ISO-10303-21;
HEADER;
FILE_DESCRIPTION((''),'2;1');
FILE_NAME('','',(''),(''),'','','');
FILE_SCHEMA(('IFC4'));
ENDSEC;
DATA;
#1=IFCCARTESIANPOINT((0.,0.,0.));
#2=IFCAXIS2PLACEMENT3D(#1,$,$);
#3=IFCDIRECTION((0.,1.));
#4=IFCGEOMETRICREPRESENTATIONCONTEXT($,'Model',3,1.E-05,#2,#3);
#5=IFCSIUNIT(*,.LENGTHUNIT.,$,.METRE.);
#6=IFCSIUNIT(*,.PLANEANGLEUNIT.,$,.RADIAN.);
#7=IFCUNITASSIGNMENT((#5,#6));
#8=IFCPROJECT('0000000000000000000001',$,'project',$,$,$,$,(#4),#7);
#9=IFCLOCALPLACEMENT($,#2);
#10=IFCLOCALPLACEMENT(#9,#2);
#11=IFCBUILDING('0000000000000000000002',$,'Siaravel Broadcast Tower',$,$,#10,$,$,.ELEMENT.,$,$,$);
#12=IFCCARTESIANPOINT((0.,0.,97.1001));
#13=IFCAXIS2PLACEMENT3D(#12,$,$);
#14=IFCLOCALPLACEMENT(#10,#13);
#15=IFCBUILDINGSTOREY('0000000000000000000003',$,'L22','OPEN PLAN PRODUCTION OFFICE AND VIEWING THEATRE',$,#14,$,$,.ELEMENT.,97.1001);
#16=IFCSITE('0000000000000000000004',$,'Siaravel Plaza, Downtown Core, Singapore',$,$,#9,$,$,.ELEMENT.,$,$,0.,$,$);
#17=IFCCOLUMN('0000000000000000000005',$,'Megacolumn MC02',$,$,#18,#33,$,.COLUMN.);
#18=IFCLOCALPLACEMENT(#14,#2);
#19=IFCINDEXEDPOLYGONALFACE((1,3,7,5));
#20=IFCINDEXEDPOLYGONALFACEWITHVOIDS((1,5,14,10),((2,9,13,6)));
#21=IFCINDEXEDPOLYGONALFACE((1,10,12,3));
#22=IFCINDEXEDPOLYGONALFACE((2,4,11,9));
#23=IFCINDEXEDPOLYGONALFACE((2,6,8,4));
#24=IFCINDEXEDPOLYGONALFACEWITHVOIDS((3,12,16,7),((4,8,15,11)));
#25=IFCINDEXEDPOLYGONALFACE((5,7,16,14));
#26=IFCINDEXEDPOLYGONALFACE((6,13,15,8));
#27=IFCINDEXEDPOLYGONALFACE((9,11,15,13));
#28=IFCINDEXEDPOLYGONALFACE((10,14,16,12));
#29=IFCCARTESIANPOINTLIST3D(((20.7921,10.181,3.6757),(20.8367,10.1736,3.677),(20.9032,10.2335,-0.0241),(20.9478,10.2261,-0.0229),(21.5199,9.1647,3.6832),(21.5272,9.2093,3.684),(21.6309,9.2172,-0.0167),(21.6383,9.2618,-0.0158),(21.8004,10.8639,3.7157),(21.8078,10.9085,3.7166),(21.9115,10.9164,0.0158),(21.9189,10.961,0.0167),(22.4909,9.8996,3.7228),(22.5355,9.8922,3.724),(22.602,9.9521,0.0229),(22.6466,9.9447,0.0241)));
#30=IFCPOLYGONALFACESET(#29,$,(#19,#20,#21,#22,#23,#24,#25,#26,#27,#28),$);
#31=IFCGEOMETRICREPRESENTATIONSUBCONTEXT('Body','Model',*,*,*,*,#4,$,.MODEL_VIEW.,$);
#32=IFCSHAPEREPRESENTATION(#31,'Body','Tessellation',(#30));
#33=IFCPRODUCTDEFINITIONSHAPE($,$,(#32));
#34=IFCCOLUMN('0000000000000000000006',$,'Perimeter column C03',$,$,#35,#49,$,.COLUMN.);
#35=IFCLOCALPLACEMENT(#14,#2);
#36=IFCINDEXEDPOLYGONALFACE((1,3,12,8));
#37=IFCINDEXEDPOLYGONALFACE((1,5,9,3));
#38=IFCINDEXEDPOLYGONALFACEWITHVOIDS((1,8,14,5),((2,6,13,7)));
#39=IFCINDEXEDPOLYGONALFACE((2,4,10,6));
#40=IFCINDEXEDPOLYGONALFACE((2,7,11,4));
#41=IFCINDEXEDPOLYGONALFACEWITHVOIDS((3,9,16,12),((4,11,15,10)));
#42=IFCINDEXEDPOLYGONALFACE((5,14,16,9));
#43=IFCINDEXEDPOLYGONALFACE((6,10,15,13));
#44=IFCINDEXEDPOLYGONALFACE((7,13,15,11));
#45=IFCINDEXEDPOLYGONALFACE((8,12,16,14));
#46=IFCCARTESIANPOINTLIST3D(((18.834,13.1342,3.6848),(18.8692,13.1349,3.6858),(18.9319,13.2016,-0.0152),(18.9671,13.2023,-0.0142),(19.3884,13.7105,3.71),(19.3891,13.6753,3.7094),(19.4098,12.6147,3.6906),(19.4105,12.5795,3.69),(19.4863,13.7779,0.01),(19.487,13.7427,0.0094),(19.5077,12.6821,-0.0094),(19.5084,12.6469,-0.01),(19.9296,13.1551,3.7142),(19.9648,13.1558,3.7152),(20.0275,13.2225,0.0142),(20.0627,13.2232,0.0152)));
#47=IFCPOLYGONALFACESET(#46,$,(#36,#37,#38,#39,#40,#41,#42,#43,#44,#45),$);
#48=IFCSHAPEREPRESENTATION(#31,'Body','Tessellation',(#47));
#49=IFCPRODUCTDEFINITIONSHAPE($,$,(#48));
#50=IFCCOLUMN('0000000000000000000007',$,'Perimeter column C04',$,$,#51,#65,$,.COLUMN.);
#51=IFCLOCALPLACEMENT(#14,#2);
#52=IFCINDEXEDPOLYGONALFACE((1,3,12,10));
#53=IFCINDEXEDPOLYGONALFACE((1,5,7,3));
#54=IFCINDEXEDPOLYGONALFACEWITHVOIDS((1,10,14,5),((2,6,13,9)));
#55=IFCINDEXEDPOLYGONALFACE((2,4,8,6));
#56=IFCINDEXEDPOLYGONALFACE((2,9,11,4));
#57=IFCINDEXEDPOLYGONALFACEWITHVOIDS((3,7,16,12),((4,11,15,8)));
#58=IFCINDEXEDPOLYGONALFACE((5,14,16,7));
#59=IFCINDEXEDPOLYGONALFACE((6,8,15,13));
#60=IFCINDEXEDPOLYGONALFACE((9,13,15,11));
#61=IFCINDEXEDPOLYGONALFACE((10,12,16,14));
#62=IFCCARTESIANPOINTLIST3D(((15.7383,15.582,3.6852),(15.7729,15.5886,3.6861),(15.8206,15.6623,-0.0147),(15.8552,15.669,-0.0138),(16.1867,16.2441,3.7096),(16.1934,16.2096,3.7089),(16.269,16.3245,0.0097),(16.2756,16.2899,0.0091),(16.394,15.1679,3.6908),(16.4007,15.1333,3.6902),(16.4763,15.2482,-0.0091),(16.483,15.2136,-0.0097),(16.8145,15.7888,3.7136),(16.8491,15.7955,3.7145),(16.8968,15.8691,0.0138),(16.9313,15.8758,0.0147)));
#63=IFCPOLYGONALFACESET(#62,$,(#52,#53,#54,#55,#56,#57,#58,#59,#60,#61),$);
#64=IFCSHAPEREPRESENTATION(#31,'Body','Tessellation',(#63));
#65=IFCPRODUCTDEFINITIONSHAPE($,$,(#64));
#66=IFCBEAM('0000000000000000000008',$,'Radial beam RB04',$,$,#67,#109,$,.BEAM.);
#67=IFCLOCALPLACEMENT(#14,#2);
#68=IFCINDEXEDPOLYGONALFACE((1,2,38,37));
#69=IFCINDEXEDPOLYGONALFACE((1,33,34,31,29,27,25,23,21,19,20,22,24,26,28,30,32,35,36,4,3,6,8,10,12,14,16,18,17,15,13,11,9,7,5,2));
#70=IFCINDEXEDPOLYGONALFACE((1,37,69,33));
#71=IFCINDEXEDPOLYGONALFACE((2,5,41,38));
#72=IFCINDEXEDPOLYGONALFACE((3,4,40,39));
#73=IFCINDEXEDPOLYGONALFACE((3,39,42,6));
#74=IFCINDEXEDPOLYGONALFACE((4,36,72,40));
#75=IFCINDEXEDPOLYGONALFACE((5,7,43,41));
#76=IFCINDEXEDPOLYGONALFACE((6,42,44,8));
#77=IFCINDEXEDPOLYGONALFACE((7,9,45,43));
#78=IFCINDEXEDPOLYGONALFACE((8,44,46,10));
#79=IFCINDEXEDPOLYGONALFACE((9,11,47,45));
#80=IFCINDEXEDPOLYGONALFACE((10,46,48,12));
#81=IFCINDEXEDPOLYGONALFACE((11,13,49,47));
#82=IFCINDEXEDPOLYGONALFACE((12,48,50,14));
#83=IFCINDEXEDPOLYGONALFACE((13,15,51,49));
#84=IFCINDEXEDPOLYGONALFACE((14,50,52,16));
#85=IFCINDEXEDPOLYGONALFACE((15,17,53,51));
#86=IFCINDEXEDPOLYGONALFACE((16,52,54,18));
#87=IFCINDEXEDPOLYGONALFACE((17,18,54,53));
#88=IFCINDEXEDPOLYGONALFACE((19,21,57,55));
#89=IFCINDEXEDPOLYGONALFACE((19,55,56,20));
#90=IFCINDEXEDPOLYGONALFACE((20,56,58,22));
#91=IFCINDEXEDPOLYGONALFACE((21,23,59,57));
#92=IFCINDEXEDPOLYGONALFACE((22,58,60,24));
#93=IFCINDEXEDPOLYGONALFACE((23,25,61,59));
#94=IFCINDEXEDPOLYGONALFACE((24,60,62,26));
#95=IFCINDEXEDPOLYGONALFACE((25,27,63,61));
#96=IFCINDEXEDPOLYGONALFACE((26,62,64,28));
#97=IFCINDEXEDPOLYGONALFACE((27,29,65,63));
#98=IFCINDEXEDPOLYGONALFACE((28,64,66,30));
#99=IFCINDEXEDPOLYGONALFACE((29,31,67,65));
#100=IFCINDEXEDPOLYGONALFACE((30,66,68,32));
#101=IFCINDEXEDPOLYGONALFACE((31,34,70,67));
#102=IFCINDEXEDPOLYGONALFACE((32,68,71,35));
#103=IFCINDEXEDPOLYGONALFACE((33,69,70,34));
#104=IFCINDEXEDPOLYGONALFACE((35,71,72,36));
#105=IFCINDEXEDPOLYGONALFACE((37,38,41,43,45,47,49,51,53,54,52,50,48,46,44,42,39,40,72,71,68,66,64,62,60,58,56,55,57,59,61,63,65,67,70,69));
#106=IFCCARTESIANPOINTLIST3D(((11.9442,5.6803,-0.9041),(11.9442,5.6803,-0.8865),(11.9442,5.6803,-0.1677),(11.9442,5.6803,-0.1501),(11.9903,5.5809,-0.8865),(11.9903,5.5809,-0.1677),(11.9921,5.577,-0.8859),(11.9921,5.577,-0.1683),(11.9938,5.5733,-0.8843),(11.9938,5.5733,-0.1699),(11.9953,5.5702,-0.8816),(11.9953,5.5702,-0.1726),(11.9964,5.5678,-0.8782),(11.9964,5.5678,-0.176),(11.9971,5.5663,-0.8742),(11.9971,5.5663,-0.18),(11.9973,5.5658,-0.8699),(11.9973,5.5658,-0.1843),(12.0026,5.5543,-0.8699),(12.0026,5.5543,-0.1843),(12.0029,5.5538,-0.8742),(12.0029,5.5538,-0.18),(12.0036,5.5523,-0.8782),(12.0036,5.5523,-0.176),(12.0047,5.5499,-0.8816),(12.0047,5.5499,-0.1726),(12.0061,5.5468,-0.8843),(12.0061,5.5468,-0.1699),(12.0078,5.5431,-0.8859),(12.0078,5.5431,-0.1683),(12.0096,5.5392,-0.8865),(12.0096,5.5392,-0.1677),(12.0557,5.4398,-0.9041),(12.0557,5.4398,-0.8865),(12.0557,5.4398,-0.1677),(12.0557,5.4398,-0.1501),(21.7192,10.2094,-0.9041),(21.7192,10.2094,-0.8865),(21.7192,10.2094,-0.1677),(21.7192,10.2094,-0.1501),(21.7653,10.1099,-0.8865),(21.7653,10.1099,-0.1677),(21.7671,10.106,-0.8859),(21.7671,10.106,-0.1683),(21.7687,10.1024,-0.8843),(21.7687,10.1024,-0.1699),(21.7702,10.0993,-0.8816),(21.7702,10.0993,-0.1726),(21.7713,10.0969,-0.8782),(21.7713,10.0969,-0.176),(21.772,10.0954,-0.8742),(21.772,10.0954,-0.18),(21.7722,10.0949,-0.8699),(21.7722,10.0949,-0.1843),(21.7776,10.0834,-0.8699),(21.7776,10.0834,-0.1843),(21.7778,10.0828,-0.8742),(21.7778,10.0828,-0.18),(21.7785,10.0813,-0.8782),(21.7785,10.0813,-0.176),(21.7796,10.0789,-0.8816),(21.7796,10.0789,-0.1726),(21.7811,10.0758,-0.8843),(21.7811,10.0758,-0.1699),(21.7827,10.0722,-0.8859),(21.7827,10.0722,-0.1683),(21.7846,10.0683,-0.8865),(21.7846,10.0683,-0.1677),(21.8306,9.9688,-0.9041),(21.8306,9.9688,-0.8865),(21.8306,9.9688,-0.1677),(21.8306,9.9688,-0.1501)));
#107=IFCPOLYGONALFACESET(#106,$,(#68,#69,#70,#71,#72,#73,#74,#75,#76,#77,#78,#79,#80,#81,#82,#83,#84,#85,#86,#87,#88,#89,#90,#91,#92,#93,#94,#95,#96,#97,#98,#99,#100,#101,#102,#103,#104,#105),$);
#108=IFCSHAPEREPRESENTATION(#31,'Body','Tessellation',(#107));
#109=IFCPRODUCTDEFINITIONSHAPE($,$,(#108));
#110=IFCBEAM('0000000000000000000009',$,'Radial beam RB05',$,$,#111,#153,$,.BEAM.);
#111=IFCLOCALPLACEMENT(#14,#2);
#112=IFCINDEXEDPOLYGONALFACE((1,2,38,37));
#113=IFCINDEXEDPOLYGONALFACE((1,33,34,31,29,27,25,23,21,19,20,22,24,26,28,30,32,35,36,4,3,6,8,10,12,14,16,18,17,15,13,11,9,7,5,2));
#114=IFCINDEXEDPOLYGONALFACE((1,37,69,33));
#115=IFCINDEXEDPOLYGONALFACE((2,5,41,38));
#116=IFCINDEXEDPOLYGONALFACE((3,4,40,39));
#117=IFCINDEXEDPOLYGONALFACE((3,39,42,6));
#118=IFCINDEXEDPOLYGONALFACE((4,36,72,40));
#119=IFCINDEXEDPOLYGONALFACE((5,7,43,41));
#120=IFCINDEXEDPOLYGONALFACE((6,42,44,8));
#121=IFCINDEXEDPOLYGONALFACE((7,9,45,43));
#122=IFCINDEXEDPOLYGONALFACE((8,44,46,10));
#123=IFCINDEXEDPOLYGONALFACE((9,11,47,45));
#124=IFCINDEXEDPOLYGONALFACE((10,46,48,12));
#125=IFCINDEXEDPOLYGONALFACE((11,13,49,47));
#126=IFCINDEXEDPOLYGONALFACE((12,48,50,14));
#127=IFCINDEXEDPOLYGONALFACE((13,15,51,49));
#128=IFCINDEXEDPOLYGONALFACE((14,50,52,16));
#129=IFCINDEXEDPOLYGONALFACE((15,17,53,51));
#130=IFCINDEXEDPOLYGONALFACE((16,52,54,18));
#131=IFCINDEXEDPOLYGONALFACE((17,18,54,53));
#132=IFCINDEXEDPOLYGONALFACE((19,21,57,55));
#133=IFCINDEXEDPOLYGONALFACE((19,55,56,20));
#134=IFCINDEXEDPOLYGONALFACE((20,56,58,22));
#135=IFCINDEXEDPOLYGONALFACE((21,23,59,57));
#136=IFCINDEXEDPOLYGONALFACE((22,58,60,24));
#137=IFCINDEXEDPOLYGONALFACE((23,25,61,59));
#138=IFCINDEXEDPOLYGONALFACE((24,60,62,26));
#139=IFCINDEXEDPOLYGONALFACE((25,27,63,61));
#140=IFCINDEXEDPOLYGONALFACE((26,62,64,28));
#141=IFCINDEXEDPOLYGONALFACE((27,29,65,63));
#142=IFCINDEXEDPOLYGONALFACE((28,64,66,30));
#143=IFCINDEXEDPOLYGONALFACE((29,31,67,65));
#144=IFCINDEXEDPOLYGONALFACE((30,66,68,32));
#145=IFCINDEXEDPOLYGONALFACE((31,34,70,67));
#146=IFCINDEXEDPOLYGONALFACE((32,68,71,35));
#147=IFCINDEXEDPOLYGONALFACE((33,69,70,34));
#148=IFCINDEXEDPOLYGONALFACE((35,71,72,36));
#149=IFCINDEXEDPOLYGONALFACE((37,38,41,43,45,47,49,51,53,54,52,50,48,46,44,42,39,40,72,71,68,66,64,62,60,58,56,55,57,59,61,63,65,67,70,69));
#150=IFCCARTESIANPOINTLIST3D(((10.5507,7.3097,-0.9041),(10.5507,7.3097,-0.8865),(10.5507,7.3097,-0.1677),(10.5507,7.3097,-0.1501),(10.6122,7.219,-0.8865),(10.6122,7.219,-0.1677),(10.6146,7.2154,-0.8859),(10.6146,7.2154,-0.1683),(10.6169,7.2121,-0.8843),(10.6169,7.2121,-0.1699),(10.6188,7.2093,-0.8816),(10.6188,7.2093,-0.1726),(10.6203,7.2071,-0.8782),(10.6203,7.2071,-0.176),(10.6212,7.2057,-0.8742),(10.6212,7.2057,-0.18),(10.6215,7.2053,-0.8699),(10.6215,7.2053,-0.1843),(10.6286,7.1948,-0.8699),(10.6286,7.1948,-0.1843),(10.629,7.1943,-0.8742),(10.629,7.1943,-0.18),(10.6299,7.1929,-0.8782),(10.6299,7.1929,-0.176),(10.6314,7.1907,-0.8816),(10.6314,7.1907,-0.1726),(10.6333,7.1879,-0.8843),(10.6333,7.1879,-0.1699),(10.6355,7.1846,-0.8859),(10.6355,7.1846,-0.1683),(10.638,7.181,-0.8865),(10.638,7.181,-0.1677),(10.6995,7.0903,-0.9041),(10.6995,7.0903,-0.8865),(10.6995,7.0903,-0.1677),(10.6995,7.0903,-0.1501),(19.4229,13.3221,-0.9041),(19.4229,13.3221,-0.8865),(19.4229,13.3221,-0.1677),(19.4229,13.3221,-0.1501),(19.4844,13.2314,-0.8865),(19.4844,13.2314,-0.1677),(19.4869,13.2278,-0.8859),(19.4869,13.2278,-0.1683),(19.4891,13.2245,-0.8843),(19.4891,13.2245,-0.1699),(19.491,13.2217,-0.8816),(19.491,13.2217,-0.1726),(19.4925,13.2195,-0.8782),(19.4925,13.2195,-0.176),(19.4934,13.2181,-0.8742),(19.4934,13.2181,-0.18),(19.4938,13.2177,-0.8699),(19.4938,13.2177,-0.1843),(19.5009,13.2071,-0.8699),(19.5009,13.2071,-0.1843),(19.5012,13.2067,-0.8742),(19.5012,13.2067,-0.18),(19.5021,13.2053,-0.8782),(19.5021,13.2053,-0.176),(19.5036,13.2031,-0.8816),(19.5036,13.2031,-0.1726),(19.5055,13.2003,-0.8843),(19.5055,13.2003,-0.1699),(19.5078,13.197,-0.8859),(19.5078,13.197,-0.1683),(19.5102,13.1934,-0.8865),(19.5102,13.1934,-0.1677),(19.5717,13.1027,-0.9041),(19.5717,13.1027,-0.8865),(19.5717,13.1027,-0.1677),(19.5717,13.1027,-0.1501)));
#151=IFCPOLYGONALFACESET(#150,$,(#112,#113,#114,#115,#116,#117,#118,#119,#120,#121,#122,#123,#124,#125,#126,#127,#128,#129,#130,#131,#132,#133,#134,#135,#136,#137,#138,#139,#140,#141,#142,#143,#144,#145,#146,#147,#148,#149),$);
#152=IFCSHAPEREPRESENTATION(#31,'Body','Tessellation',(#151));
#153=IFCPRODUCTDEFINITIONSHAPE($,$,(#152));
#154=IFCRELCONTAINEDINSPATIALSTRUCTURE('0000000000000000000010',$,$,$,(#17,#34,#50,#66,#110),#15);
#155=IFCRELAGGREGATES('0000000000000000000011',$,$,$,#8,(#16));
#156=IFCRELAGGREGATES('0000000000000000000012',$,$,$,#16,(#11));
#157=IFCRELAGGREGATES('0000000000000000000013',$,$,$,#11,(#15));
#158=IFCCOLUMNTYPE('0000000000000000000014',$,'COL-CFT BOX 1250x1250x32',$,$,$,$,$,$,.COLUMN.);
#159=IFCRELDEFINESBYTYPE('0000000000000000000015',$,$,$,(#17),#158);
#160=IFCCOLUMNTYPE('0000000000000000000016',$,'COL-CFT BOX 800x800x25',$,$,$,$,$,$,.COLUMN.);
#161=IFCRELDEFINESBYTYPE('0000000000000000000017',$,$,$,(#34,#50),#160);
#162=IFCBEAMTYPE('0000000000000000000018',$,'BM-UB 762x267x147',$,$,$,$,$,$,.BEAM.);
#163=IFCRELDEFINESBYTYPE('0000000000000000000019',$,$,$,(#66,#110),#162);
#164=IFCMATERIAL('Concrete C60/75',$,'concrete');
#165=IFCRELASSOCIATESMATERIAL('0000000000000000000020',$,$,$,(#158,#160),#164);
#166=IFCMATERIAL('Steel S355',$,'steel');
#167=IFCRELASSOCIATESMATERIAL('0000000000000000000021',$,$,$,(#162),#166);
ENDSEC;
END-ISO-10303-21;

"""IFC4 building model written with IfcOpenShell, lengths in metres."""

from ifc_helpers import new_model, si_unit, direction, frame, origin, origin_2d, place, context, subcontext, project, spatial, hollow_rectangle, i_section, extrude, material, material_profile, profile_set, type_object, element, save


model = new_model("IFC4")

# Units and contexts
model_context = context("Model", 3, precision=1e-05, world=origin(), true_north=direction((0.0, 1.0)))
body_context = subcontext(model_context, "Body", "Model", "MODEL_VIEW")
ifc_project = project(units=[si_unit("LENGTHUNIT", "METRE"), si_unit("PLANEANGLEUNIT", "RADIAN")], contexts=[model_context])

# Site, building, storey
site_placement = place(None, origin())
site = spatial("IfcSite", under=ifc_project, at=site_placement, Name="Siaravel Plaza, Downtown Core, Singapore", CompositionType="ELEMENT", RefElevation=0.0)
building_placement = place(site_placement, origin())
building = spatial("IfcBuilding", under=site, at=building_placement, Name="Siaravel Broadcast Tower", CompositionType="ELEMENT")
storey_placement = place(building_placement, frame((0.0, 0.0, 97.1001)))
storey = spatial("IfcBuildingStorey", under=building, at=storey_placement, Name="L22", Description="OPEN PLAN PRODUCTION OFFICE AND VIEWING THEATRE", CompositionType="ELEMENT", Elevation=97.1001)

# Columns
ifc_material_1 = material(Name="Concrete C60/75", Category="concrete")
ifc_material_profile_1 = material_profile(ifc_material_1, hollow_rectangle(XDim=1.25, YDim=1.25, WallThickness=0.032, at=origin_2d()))
ifc_profile_set_1 = profile_set([ifc_material_profile_1], Name="Concrete C60/75")
column_type_1 = type_object("IfcColumnType", Name="COL-CFT BOX 1250x1250x32", PredefinedType="COLUMN", material=ifc_profile_set_1)
column_1_placement = place(storey_placement, frame((21.7749, 10.0891, 0.0), z_axis=(-0.030007, -0.014179, 0.999449), x_axis=(0.582176, -0.813041, 0.005944)))
element("IfcColumn", 1, at=column_1_placement, inside=storey, type_object=column_type_1, Name="Megacolumn MC02", PredefinedType="COLUMN", context=body_context, shape_type="SweptSolid", body=[
    extrude(hollow_rectangle(XDim=1.25, YDim=1.25, WallThickness=0.032, at=origin_2d()), origin(), (0.0, 0.0, 1.0), 3.7019),
])
ifc_material_profile_2 = material_profile(ifc_material_1, hollow_rectangle(XDim=0.8, YDim=0.8, WallThickness=0.0249, at=origin_2d()))
ifc_profile_set_2 = profile_set([ifc_material_profile_2], Name="Concrete C60/75")
column_type_2 = type_object("IfcColumnType", Name="COL-CFT BOX 800x800x25", PredefinedType="COLUMN", material=ifc_profile_set_2)
column_2_placement = place(storey_placement, frame((19.4973, 13.2124, 0.0), z_axis=(-0.026446, -0.018202, 0.999484), x_axis=(0.720537, -0.693387, 0.006437)))
element("IfcColumn", 2, at=column_2_placement, inside=storey, type_object=column_type_2, Name="Perimeter column C03", PredefinedType="COLUMN", context=body_context, shape_type="SweptSolid", body=[
    extrude(hollow_rectangle(XDim=0.8, YDim=0.8, WallThickness=0.0249, at=origin_2d()), origin(), (0.0, 0.0, 1.0), 3.7019),
])
column_3_placement = place(storey_placement, frame((16.376, 15.769, 0.0), z_axis=(-0.022226, -0.021699, 0.999517), x_axis=(0.827911, -0.560825, 0.006235)))
element("IfcColumn", 3, at=column_3_placement, inside=storey, type_object=column_type_2, Name="Perimeter column C04", PredefinedType="COLUMN", context=body_context, shape_type="SweptSolid", body=[
    extrude(hollow_rectangle(XDim=0.8, YDim=0.8, WallThickness=0.0249, at=origin_2d()), origin(), (0.0, 0.0, 1.0), 3.7017),
])

# Beams
ifc_material_2 = material(Name="Steel S355", Category="steel")
ifc_material_profile_3 = material_profile(ifc_material_2, i_section(OverallWidth=0.2651, OverallDepth=0.7539, WebThickness=0.0127, FlangeThickness=0.0176, FilletRadius=0.0166, at=origin_2d()))
ifc_profile_set_3 = profile_set([ifc_material_profile_3], Name="Steel S355")
beam_type = type_object("IfcBeamType", Name="BM-UB 762x267x147", PredefinedType="BEAM", material=ifc_profile_set_3)
beam_1_placement = place(storey_placement, frame((21.7749, 10.0891, -0.5271), z_axis=(-0.907338, -0.420401, 0.0), x_axis=(0.420401, -0.907338, 0.0)))
element("IfcBeam", 4, at=beam_1_placement, inside=storey, type_object=beam_type, Name="Radial beam RB04", PredefinedType="BEAM", context=body_context, shape_type="SweptSolid", body=[
    extrude(i_section(OverallWidth=0.2651, OverallDepth=0.7539, WebThickness=0.0127, FlangeThickness=0.0176, FilletRadius=0.0166, at=origin_2d()), origin(), (0.0, 0.0, 1.0), 10.7732),
])
beam_2_placement = place(storey_placement, frame((19.4973, 13.2124, -0.5271), z_axis=(-0.827825, -0.560987, 0.0), x_axis=(0.560987, -0.827825, 0.0)))
element("IfcBeam", 5, at=beam_2_placement, inside=storey, type_object=beam_type, Name="Radial beam RB05", PredefinedType="BEAM", context=body_context, shape_type="SweptSolid", body=[
    extrude(i_section(OverallWidth=0.2651, OverallDepth=0.7539, WebThickness=0.0127, FlangeThickness=0.0176, FilletRadius=0.0166, at=origin_2d()), origin(), (0.0, 0.0, 1.0), 10.7175),
])

save(model, "model.ifc")
